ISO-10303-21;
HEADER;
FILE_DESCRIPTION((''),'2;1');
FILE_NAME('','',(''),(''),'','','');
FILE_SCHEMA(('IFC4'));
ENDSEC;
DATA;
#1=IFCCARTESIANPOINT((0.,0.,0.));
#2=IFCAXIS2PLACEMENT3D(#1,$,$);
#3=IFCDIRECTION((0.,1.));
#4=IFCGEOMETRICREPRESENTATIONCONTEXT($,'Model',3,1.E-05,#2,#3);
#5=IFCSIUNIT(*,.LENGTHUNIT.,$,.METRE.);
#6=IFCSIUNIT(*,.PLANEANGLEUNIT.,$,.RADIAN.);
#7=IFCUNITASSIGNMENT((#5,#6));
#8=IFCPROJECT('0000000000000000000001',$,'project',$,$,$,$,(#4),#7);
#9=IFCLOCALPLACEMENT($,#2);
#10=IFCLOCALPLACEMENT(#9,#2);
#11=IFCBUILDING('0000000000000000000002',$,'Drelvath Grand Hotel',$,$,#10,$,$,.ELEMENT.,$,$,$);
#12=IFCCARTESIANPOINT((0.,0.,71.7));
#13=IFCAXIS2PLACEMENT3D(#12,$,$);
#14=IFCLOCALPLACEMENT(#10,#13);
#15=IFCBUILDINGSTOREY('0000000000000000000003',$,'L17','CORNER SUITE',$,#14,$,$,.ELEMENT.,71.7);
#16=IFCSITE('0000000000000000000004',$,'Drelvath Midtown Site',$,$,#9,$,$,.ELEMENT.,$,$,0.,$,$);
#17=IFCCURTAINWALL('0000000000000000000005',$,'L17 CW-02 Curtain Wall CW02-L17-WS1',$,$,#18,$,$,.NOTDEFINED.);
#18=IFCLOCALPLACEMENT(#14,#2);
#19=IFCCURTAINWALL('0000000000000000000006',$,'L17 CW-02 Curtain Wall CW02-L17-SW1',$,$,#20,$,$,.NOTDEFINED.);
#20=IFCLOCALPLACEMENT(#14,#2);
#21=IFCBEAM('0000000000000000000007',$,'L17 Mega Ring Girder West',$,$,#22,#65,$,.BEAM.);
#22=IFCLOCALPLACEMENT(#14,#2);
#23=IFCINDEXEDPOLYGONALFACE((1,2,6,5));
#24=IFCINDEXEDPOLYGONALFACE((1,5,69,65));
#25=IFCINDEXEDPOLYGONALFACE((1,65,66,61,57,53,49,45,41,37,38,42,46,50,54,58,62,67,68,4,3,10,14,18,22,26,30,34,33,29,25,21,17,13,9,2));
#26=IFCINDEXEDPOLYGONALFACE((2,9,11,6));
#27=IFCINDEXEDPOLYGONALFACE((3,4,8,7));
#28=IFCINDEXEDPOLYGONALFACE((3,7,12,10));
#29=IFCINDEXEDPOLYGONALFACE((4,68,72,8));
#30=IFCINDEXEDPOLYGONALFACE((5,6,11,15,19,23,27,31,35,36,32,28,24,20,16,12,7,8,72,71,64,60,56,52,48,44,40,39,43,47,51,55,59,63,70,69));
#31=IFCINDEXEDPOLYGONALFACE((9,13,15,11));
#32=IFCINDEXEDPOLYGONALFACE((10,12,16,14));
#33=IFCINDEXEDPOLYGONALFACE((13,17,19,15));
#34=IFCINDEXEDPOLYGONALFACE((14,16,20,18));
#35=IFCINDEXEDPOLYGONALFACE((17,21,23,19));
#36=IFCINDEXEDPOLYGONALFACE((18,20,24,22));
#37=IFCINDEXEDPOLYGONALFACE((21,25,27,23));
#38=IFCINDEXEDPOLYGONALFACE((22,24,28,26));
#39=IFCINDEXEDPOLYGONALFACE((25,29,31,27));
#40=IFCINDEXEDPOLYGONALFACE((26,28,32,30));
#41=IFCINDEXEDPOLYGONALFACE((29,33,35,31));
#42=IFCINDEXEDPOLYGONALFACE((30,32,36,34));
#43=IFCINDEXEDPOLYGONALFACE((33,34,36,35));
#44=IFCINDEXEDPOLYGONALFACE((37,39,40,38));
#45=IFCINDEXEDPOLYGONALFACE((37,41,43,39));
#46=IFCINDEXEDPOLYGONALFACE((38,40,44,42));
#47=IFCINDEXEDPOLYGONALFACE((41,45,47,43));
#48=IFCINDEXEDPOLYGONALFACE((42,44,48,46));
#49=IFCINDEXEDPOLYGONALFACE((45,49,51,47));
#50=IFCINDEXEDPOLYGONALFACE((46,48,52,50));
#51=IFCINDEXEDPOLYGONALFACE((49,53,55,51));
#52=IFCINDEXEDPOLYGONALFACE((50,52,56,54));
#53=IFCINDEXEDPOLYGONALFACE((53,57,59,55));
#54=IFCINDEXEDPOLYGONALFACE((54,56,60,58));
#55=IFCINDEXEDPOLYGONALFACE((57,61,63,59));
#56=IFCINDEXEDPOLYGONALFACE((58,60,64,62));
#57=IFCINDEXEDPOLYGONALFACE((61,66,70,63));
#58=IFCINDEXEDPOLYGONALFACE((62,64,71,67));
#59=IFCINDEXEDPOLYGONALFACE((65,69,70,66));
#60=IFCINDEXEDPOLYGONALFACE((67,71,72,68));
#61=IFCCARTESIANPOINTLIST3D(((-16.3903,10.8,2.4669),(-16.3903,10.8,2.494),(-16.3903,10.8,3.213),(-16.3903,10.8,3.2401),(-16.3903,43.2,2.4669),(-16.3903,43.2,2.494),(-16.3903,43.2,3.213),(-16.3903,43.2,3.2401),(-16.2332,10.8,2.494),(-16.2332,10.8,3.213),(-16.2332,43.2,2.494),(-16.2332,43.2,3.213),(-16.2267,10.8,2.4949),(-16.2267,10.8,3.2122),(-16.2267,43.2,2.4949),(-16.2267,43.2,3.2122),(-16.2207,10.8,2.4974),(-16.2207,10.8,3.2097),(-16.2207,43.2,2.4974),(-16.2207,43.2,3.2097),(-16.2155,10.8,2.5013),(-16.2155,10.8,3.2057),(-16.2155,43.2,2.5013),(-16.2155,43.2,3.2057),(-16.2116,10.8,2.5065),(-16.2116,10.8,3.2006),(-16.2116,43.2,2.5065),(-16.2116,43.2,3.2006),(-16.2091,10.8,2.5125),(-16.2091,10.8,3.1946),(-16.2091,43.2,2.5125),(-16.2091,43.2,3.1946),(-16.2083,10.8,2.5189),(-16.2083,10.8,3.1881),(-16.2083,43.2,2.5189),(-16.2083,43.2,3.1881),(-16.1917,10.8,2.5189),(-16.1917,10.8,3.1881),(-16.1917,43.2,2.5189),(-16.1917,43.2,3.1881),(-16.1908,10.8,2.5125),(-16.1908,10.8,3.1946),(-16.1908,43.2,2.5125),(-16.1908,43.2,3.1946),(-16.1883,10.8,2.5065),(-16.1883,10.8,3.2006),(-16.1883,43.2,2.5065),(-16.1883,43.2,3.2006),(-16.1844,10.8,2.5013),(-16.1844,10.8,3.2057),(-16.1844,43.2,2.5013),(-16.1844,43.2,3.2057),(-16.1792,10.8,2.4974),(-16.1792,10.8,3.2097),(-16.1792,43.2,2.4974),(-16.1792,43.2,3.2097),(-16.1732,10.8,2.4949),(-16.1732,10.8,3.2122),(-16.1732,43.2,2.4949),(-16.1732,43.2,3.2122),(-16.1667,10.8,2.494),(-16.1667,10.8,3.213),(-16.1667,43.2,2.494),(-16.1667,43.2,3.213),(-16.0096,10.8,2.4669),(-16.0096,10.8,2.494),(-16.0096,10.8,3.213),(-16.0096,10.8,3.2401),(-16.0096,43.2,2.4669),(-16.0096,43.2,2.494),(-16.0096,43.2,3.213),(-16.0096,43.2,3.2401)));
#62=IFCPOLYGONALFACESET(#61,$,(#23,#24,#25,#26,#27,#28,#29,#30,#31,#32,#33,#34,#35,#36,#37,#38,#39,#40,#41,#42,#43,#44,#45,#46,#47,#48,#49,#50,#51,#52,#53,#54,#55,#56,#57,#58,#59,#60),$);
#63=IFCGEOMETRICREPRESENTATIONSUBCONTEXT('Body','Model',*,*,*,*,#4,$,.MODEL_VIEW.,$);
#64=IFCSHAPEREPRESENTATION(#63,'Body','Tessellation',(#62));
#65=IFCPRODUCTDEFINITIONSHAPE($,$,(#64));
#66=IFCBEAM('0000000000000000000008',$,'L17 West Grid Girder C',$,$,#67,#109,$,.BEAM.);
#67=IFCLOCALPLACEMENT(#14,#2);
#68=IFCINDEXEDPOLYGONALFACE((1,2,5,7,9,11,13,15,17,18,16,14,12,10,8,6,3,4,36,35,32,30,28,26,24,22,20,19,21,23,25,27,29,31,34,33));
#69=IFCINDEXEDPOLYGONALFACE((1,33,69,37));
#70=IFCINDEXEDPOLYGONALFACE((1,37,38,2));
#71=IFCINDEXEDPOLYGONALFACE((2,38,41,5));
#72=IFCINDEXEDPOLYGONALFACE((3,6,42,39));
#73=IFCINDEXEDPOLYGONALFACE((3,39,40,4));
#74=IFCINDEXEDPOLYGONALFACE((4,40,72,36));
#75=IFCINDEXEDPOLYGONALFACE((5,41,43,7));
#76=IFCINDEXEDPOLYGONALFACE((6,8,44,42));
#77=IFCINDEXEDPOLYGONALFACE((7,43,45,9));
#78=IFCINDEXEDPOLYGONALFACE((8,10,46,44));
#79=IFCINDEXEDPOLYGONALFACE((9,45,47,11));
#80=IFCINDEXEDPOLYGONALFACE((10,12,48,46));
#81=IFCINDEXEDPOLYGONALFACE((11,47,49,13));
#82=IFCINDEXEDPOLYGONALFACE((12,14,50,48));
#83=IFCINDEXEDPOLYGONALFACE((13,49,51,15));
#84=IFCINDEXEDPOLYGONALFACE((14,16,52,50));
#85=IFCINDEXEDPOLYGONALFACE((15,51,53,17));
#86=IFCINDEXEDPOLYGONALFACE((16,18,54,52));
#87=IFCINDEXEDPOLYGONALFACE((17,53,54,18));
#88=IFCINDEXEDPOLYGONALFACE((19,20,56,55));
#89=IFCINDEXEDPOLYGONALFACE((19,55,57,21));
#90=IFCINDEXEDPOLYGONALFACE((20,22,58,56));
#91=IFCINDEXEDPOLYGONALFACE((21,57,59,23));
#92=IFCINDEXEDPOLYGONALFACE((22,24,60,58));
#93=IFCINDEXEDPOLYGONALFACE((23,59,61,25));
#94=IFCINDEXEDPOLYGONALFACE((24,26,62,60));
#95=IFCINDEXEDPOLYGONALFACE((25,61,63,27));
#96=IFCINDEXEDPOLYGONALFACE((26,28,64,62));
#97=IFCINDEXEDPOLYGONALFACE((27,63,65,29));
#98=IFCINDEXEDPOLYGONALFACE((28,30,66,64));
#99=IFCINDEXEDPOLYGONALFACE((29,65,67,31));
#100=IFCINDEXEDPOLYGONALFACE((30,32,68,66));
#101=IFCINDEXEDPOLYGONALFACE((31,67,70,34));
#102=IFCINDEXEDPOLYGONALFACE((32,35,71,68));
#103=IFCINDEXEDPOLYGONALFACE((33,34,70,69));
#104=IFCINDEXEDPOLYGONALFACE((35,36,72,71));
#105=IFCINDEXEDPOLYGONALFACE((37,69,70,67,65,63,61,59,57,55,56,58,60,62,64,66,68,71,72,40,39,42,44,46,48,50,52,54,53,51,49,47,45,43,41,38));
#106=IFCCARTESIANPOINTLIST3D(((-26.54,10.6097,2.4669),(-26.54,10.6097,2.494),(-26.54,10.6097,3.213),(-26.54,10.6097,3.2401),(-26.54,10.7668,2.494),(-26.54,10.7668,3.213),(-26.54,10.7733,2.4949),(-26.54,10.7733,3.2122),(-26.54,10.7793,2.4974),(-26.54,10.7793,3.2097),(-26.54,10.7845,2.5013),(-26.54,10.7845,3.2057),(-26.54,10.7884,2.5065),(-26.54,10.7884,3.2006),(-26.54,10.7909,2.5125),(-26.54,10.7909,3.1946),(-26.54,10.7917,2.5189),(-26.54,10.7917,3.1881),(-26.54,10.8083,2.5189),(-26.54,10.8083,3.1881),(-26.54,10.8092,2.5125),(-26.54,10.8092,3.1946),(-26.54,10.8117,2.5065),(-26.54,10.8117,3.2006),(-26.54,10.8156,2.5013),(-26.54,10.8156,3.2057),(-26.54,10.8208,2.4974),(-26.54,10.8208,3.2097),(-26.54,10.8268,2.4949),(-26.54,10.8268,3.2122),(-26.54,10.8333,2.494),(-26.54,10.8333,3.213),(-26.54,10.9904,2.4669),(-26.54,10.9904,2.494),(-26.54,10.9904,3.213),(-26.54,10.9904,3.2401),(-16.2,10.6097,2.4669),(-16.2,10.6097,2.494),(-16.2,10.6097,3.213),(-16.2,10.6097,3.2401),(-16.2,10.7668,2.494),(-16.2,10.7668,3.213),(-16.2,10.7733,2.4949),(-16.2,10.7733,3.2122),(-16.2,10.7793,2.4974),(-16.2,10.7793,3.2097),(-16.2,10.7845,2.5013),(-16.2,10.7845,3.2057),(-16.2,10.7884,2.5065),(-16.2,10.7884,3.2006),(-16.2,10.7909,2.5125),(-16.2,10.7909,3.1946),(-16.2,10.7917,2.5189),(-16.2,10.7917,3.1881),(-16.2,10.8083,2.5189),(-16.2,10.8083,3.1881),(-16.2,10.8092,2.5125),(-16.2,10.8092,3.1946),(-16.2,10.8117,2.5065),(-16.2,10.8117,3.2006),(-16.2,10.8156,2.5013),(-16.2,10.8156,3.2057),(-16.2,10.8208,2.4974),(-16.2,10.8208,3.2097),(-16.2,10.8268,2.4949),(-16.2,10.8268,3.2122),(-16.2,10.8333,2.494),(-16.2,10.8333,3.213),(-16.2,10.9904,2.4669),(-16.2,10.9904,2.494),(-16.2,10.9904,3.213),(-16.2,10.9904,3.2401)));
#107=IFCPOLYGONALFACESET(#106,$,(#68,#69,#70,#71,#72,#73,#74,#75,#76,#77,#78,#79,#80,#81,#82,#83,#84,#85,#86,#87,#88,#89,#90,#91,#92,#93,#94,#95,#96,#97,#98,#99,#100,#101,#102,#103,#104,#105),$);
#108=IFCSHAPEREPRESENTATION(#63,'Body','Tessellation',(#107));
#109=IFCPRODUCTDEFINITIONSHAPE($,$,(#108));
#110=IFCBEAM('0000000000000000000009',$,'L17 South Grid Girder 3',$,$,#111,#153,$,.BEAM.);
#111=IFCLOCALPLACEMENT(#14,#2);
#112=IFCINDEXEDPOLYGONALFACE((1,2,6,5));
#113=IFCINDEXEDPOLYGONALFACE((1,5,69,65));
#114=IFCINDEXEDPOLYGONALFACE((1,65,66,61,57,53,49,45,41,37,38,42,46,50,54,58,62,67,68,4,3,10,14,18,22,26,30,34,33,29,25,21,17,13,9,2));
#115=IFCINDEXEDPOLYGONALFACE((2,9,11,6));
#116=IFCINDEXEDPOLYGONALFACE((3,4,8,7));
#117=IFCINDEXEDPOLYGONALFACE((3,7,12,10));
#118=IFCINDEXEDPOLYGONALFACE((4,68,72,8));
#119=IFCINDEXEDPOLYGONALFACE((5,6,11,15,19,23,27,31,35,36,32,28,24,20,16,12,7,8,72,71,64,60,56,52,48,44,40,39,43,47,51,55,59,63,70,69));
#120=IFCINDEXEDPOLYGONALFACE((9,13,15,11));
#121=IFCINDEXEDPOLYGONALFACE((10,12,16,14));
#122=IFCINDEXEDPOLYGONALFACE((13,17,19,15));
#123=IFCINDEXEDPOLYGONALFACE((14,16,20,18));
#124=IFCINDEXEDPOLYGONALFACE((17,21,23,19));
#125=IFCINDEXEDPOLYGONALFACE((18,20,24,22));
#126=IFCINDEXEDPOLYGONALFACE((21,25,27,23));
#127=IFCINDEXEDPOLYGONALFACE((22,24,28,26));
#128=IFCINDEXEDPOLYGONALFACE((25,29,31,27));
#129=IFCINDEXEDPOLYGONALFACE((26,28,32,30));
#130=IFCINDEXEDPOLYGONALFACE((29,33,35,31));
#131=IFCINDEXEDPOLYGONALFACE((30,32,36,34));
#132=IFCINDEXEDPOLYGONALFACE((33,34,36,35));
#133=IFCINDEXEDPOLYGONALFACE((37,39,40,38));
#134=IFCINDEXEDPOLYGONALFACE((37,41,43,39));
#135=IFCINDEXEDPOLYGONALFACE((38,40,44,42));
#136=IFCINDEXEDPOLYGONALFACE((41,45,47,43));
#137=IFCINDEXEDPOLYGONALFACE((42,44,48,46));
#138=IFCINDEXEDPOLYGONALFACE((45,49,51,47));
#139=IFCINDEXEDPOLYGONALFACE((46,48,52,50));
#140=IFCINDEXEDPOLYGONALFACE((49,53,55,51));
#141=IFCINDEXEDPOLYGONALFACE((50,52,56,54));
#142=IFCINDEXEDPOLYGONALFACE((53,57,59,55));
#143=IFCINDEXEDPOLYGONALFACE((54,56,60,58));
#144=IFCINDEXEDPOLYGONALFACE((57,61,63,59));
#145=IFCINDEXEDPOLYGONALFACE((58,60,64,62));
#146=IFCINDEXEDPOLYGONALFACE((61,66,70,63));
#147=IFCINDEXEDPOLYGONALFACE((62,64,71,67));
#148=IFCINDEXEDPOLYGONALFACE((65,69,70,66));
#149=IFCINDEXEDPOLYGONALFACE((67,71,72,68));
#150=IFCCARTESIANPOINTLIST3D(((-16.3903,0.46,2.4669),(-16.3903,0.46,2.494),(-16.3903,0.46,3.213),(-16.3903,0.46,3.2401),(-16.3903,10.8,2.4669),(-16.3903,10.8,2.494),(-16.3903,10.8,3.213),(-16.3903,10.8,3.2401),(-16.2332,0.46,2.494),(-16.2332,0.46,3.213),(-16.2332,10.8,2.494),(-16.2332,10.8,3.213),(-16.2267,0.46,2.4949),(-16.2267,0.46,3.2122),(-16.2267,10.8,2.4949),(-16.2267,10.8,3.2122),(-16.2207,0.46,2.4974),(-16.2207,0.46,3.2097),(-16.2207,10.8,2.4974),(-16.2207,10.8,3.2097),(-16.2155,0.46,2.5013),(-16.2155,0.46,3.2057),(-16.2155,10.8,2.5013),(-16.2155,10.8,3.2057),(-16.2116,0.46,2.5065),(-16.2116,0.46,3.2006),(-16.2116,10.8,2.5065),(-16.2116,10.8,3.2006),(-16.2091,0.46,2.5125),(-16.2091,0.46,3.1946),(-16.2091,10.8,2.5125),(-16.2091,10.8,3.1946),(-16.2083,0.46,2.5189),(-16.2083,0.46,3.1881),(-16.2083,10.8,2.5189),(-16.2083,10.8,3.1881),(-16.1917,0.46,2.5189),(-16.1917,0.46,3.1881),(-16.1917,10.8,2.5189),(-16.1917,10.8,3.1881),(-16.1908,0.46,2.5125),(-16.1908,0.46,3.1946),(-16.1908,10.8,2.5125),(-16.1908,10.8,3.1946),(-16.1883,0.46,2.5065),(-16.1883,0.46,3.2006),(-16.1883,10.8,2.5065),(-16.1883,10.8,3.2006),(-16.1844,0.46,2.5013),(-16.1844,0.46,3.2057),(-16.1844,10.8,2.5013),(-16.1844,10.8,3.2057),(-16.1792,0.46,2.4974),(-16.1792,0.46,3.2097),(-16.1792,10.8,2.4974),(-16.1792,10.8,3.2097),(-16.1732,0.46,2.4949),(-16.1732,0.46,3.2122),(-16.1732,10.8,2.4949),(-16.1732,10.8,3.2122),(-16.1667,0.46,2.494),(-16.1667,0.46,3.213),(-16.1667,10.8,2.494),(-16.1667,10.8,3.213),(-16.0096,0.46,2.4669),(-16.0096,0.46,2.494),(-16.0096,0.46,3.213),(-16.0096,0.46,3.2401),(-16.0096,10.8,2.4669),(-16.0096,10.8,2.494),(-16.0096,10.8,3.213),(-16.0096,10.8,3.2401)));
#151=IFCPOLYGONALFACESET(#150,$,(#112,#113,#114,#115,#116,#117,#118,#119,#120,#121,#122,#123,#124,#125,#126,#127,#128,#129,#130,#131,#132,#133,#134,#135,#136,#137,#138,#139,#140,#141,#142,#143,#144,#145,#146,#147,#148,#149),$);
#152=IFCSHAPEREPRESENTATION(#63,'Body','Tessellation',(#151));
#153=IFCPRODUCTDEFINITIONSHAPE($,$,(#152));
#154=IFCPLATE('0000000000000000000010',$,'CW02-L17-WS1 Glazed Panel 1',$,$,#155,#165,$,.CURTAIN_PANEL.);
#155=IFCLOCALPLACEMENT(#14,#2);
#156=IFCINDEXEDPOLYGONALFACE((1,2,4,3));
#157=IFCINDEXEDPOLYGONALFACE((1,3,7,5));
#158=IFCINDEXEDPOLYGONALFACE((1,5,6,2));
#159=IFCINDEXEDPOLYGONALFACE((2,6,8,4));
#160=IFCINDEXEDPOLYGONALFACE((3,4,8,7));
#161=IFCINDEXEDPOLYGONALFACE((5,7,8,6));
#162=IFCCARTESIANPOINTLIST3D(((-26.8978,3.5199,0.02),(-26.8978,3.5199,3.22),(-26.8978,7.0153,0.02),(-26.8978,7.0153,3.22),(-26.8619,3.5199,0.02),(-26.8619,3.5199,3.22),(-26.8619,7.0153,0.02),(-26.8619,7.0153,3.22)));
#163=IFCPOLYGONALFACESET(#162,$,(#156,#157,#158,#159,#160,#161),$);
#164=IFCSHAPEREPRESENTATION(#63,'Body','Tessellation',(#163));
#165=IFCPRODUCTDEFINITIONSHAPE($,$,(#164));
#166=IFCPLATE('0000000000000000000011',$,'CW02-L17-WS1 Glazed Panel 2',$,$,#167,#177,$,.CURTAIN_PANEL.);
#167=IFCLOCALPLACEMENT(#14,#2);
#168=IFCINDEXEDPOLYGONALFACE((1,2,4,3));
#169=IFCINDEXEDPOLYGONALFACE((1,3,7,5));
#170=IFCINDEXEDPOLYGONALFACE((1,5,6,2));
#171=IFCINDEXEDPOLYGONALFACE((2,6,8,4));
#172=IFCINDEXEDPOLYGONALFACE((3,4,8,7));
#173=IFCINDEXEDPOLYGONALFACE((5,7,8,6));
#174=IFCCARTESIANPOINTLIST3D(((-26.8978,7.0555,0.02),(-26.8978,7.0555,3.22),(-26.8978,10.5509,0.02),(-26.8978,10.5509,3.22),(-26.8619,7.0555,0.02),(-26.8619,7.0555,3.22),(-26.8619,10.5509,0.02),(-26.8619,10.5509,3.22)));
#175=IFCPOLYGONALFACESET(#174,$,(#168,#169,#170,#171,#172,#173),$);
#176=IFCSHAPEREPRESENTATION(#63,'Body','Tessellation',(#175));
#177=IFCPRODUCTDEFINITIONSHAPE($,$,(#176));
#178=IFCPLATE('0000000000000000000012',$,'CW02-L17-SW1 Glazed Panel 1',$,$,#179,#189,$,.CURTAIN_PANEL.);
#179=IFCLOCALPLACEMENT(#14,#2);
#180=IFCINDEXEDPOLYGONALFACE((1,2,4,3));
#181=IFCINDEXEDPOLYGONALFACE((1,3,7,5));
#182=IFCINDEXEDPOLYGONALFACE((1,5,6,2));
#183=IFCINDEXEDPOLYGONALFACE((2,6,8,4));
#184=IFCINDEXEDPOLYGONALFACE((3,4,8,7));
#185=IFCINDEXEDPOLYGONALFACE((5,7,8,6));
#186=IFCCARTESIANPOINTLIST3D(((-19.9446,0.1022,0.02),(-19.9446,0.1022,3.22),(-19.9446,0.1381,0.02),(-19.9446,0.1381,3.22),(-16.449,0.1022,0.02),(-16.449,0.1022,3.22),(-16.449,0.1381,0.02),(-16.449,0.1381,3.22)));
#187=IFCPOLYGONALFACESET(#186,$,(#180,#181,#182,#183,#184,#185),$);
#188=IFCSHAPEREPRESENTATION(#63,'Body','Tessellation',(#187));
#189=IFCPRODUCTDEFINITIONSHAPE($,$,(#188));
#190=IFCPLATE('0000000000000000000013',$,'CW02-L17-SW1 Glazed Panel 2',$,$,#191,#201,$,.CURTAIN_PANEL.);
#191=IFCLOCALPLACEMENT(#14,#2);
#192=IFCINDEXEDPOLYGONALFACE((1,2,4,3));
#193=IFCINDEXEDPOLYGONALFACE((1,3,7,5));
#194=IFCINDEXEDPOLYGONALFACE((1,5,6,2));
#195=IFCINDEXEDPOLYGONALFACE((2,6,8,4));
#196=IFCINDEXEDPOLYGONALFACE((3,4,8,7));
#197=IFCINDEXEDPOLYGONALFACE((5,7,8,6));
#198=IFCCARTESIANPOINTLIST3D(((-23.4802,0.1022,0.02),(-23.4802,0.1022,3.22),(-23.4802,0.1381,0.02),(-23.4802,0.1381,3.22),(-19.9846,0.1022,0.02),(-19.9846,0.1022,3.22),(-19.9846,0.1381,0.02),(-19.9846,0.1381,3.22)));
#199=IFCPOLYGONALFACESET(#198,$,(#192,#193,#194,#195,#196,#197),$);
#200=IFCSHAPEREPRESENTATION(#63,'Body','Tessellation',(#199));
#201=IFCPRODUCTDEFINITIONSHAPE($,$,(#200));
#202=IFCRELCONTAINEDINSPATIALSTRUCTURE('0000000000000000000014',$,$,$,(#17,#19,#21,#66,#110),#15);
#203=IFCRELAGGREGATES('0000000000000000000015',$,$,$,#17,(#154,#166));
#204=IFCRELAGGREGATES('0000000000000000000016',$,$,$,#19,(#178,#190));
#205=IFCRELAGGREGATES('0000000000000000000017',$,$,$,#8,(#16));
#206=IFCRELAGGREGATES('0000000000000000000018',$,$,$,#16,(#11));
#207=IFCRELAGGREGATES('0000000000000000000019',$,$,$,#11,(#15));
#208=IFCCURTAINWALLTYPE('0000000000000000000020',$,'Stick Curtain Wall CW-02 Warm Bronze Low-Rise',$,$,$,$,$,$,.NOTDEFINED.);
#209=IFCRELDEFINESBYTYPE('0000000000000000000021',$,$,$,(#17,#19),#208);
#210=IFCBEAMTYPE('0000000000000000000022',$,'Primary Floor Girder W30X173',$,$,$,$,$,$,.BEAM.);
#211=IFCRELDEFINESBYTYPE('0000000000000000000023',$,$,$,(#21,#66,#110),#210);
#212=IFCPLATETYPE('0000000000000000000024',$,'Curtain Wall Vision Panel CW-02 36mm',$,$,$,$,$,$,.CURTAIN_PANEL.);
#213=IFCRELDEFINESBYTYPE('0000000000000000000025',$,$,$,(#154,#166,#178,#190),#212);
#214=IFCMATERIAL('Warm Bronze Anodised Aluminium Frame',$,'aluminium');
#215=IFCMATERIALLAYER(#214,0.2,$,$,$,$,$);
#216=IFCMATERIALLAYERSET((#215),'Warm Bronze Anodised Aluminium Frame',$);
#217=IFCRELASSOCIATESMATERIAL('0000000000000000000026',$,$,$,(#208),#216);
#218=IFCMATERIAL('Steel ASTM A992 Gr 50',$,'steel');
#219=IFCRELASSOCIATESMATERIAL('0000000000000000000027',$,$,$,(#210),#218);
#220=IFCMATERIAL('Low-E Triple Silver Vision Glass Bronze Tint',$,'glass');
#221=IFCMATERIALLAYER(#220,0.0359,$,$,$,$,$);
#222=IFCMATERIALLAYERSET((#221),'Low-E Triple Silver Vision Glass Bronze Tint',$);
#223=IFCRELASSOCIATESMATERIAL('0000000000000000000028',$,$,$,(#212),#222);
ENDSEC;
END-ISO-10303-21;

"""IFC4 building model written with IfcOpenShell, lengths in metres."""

from ifc_helpers import new_model, si_unit, direction, frame, origin, origin_2d, place, context, subcontext, project, spatial, rectangle, i_section, extrude, material, layer, layer_set, material_profile, profile_set, type_object, element, aggregate, save


model = new_model("IFC4")

# Units and contexts
model_context = context("Model", 3, precision=1e-05, world=origin(), true_north=direction((0.0, 1.0)))
body_context = subcontext(model_context, "Body", "Model", "MODEL_VIEW")
ifc_project = project(units=[si_unit("LENGTHUNIT", "METRE"), si_unit("PLANEANGLEUNIT", "RADIAN")], contexts=[model_context])

# Site, building, storey
site_placement = place(None, origin())
site = spatial("IfcSite", under=ifc_project, at=site_placement, Name="Drelvath Midtown Site", CompositionType="ELEMENT", RefElevation=0.0)
building_placement = place(site_placement, origin())
building = spatial("IfcBuilding", under=site, at=building_placement, Name="Drelvath Grand Hotel", CompositionType="ELEMENT")
storey_placement = place(building_placement, frame((0.0, 0.0, 71.7)))
storey = spatial("IfcBuildingStorey", under=building, at=storey_placement, Name="L17", Description="CORNER SUITE", CompositionType="ELEMENT", Elevation=71.7)

# Curtain walls
ifc_material_1 = material(Name="Warm Bronze Anodised Aluminium Frame", Category="aluminium")
ifc_layer_1 = layer(ifc_material_1, 0.2)
ifc_layer_set_1 = layer_set([ifc_layer_1], Name="Warm Bronze Anodised Aluminium Frame")
curtain_wall_type = type_object("IfcCurtainWallType", Name="Stick Curtain Wall CW-02 Warm Bronze Low-Rise", PredefinedType="NOTDEFINED", material=ifc_layer_set_1)
curtain_wall_1_placement = place(storey_placement, origin())
curtain_wall_1 = element("IfcCurtainWall", 1, at=curtain_wall_1_placement, inside=storey, type_object=curtain_wall_type, Name="L17 CW-02 Curtain Wall CW02-L17-WS1", PredefinedType="NOTDEFINED")
curtain_wall_2_placement = place(storey_placement, origin())
curtain_wall_2 = element("IfcCurtainWall", 2, at=curtain_wall_2_placement, inside=storey, type_object=curtain_wall_type, Name="L17 CW-02 Curtain Wall CW02-L17-SW1", PredefinedType="NOTDEFINED")

# Beams
ifc_material_2 = material(Name="Steel ASTM A992 Gr 50", Category="steel")
ifc_material_profile_1 = material_profile(ifc_material_2, i_section(OverallWidth=0.3806, OverallDepth=0.7732, WebThickness=0.0166, FlangeThickness=0.0271, FilletRadius=0.0249, at=origin_2d()), Name="W30X173")
ifc_profile_set_1 = profile_set([ifc_material_profile_1], Name="Steel ASTM A992 Gr 50")
beam_type_1 = type_object("IfcBeamType", Name="Primary Floor Girder W30X173", PredefinedType="BEAM", material=ifc_profile_set_1)
for number, where, z_axis, x_axis, name in (
    (3, (-16.2, 10.8, 2.8535), (0.0, 1.0, 0.0), (-1.0, 0.0, 0.0), "L17 Mega Ring Girder West"),
):
    element("IfcBeam", number, at=place(storey_placement, frame(where, z_axis=z_axis, x_axis=x_axis)), inside=storey, type_object=beam_type_1, Name=name, PredefinedType="BEAM", context=body_context, shape_type="SweptSolid", body=[
        extrude(i_section(OverallWidth=0.3806, OverallDepth=0.7732, WebThickness=0.0166, FlangeThickness=0.0271, FilletRadius=0.0249, at=origin_2d()), origin(), (0.0, 0.0, 1.0), 32.3999),
    ])
for number, where, z_axis, x_axis, name in (
    (4, (-26.54, 10.8, 2.8535), (1.0, 0.0, 0.0), (0.0, 1.0, 0.0), "L17 West Grid Girder C"),
    (5, (-16.2, 0.46, 2.8535), (0.0, 1.0, 0.0), (-1.0, 0.0, 0.0), "L17 South Grid Girder 3"),
):
    element("IfcBeam", number, at=place(storey_placement, frame(where, z_axis=z_axis, x_axis=x_axis)), inside=storey, type_object=beam_type_1, Name=name, PredefinedType="BEAM", context=body_context, shape_type="SweptSolid", body=[
        extrude(i_section(OverallWidth=0.3806, OverallDepth=0.7732, WebThickness=0.0166, FlangeThickness=0.0271, FilletRadius=0.0249, at=origin_2d()), origin(), (0.0, 0.0, 1.0), 10.3401),
    ])

# Plates
ifc_material_3 = material(Name="Low-E Triple Silver Vision Glass Bronze Tint", Category="glass")
ifc_layer_2 = layer(ifc_material_3, 0.0359)
ifc_layer_set_2 = layer_set([ifc_layer_2], Name="Low-E Triple Silver Vision Glass Bronze Tint")
plate_type = type_object("IfcPlateType", Name="Curtain Wall Vision Panel CW-02 36mm", PredefinedType="CURTAIN_PANEL", material=ifc_layer_set_2)
plate_1_placement = place(storey_placement, frame((-26.8799, 5.2676, 0.02), z_axis=(0.0, 0.0, 1.0), x_axis=(0.0, 1.0, 0.0)))
plate_1 = element("IfcPlate", 6, at=plate_1_placement, type_object=plate_type, Name="CW02-L17-WS1 Glazed Panel 1", PredefinedType="CURTAIN_PANEL", context=body_context, shape_type="SweptSolid", body=[
    extrude(rectangle(XDim=3.4954, YDim=0.0359, at=origin_2d()), origin(), (0.0, 0.0, 1.0), 3.2),
])
plate_2_placement = place(storey_placement, frame((-26.8799, 8.8032, 0.02), z_axis=(0.0, 0.0, 1.0), x_axis=(0.0, 1.0, 0.0)))
plate_2 = element("IfcPlate", 7, at=plate_2_placement, type_object=plate_type, Name="CW02-L17-WS1 Glazed Panel 2", PredefinedType="CURTAIN_PANEL", context=body_context, shape_type="SweptSolid", body=[
    extrude(rectangle(XDim=3.4954, YDim=0.0359, at=origin_2d()), origin(), (0.0, 0.0, 1.0), 3.2),
])
aggregate(curtain_wall_1, [plate_1, plate_2])
plate_3_placement = place(storey_placement, frame((-18.1968, 0.1201, 0.02), z_axis=(0.0, 0.0, 1.0), x_axis=(-1.0, 0.0, 0.0)))
plate_3 = element("IfcPlate", 8, at=plate_3_placement, type_object=plate_type, Name="CW02-L17-SW1 Glazed Panel 1", PredefinedType="CURTAIN_PANEL", context=body_context, shape_type="SweptSolid", body=[
    extrude(rectangle(XDim=3.4956, YDim=0.0359, at=origin_2d()), origin(), (0.0, 0.0, 1.0), 3.2),
])
plate_4_placement = place(storey_placement, frame((-21.7324, 0.1201, 0.02), z_axis=(0.0, 0.0, 1.0), x_axis=(-1.0, 0.0, 0.0)))
plate_4 = element("IfcPlate", 9, at=plate_4_placement, type_object=plate_type, Name="CW02-L17-SW1 Glazed Panel 2", PredefinedType="CURTAIN_PANEL", context=body_context, shape_type="SweptSolid", body=[
    extrude(rectangle(XDim=3.4956, YDim=0.0359, at=origin_2d()), origin(), (0.0, 0.0, 1.0), 3.2),
])
aggregate(curtain_wall_2, [plate_3, plate_4])

save(model, "model.ifc")
